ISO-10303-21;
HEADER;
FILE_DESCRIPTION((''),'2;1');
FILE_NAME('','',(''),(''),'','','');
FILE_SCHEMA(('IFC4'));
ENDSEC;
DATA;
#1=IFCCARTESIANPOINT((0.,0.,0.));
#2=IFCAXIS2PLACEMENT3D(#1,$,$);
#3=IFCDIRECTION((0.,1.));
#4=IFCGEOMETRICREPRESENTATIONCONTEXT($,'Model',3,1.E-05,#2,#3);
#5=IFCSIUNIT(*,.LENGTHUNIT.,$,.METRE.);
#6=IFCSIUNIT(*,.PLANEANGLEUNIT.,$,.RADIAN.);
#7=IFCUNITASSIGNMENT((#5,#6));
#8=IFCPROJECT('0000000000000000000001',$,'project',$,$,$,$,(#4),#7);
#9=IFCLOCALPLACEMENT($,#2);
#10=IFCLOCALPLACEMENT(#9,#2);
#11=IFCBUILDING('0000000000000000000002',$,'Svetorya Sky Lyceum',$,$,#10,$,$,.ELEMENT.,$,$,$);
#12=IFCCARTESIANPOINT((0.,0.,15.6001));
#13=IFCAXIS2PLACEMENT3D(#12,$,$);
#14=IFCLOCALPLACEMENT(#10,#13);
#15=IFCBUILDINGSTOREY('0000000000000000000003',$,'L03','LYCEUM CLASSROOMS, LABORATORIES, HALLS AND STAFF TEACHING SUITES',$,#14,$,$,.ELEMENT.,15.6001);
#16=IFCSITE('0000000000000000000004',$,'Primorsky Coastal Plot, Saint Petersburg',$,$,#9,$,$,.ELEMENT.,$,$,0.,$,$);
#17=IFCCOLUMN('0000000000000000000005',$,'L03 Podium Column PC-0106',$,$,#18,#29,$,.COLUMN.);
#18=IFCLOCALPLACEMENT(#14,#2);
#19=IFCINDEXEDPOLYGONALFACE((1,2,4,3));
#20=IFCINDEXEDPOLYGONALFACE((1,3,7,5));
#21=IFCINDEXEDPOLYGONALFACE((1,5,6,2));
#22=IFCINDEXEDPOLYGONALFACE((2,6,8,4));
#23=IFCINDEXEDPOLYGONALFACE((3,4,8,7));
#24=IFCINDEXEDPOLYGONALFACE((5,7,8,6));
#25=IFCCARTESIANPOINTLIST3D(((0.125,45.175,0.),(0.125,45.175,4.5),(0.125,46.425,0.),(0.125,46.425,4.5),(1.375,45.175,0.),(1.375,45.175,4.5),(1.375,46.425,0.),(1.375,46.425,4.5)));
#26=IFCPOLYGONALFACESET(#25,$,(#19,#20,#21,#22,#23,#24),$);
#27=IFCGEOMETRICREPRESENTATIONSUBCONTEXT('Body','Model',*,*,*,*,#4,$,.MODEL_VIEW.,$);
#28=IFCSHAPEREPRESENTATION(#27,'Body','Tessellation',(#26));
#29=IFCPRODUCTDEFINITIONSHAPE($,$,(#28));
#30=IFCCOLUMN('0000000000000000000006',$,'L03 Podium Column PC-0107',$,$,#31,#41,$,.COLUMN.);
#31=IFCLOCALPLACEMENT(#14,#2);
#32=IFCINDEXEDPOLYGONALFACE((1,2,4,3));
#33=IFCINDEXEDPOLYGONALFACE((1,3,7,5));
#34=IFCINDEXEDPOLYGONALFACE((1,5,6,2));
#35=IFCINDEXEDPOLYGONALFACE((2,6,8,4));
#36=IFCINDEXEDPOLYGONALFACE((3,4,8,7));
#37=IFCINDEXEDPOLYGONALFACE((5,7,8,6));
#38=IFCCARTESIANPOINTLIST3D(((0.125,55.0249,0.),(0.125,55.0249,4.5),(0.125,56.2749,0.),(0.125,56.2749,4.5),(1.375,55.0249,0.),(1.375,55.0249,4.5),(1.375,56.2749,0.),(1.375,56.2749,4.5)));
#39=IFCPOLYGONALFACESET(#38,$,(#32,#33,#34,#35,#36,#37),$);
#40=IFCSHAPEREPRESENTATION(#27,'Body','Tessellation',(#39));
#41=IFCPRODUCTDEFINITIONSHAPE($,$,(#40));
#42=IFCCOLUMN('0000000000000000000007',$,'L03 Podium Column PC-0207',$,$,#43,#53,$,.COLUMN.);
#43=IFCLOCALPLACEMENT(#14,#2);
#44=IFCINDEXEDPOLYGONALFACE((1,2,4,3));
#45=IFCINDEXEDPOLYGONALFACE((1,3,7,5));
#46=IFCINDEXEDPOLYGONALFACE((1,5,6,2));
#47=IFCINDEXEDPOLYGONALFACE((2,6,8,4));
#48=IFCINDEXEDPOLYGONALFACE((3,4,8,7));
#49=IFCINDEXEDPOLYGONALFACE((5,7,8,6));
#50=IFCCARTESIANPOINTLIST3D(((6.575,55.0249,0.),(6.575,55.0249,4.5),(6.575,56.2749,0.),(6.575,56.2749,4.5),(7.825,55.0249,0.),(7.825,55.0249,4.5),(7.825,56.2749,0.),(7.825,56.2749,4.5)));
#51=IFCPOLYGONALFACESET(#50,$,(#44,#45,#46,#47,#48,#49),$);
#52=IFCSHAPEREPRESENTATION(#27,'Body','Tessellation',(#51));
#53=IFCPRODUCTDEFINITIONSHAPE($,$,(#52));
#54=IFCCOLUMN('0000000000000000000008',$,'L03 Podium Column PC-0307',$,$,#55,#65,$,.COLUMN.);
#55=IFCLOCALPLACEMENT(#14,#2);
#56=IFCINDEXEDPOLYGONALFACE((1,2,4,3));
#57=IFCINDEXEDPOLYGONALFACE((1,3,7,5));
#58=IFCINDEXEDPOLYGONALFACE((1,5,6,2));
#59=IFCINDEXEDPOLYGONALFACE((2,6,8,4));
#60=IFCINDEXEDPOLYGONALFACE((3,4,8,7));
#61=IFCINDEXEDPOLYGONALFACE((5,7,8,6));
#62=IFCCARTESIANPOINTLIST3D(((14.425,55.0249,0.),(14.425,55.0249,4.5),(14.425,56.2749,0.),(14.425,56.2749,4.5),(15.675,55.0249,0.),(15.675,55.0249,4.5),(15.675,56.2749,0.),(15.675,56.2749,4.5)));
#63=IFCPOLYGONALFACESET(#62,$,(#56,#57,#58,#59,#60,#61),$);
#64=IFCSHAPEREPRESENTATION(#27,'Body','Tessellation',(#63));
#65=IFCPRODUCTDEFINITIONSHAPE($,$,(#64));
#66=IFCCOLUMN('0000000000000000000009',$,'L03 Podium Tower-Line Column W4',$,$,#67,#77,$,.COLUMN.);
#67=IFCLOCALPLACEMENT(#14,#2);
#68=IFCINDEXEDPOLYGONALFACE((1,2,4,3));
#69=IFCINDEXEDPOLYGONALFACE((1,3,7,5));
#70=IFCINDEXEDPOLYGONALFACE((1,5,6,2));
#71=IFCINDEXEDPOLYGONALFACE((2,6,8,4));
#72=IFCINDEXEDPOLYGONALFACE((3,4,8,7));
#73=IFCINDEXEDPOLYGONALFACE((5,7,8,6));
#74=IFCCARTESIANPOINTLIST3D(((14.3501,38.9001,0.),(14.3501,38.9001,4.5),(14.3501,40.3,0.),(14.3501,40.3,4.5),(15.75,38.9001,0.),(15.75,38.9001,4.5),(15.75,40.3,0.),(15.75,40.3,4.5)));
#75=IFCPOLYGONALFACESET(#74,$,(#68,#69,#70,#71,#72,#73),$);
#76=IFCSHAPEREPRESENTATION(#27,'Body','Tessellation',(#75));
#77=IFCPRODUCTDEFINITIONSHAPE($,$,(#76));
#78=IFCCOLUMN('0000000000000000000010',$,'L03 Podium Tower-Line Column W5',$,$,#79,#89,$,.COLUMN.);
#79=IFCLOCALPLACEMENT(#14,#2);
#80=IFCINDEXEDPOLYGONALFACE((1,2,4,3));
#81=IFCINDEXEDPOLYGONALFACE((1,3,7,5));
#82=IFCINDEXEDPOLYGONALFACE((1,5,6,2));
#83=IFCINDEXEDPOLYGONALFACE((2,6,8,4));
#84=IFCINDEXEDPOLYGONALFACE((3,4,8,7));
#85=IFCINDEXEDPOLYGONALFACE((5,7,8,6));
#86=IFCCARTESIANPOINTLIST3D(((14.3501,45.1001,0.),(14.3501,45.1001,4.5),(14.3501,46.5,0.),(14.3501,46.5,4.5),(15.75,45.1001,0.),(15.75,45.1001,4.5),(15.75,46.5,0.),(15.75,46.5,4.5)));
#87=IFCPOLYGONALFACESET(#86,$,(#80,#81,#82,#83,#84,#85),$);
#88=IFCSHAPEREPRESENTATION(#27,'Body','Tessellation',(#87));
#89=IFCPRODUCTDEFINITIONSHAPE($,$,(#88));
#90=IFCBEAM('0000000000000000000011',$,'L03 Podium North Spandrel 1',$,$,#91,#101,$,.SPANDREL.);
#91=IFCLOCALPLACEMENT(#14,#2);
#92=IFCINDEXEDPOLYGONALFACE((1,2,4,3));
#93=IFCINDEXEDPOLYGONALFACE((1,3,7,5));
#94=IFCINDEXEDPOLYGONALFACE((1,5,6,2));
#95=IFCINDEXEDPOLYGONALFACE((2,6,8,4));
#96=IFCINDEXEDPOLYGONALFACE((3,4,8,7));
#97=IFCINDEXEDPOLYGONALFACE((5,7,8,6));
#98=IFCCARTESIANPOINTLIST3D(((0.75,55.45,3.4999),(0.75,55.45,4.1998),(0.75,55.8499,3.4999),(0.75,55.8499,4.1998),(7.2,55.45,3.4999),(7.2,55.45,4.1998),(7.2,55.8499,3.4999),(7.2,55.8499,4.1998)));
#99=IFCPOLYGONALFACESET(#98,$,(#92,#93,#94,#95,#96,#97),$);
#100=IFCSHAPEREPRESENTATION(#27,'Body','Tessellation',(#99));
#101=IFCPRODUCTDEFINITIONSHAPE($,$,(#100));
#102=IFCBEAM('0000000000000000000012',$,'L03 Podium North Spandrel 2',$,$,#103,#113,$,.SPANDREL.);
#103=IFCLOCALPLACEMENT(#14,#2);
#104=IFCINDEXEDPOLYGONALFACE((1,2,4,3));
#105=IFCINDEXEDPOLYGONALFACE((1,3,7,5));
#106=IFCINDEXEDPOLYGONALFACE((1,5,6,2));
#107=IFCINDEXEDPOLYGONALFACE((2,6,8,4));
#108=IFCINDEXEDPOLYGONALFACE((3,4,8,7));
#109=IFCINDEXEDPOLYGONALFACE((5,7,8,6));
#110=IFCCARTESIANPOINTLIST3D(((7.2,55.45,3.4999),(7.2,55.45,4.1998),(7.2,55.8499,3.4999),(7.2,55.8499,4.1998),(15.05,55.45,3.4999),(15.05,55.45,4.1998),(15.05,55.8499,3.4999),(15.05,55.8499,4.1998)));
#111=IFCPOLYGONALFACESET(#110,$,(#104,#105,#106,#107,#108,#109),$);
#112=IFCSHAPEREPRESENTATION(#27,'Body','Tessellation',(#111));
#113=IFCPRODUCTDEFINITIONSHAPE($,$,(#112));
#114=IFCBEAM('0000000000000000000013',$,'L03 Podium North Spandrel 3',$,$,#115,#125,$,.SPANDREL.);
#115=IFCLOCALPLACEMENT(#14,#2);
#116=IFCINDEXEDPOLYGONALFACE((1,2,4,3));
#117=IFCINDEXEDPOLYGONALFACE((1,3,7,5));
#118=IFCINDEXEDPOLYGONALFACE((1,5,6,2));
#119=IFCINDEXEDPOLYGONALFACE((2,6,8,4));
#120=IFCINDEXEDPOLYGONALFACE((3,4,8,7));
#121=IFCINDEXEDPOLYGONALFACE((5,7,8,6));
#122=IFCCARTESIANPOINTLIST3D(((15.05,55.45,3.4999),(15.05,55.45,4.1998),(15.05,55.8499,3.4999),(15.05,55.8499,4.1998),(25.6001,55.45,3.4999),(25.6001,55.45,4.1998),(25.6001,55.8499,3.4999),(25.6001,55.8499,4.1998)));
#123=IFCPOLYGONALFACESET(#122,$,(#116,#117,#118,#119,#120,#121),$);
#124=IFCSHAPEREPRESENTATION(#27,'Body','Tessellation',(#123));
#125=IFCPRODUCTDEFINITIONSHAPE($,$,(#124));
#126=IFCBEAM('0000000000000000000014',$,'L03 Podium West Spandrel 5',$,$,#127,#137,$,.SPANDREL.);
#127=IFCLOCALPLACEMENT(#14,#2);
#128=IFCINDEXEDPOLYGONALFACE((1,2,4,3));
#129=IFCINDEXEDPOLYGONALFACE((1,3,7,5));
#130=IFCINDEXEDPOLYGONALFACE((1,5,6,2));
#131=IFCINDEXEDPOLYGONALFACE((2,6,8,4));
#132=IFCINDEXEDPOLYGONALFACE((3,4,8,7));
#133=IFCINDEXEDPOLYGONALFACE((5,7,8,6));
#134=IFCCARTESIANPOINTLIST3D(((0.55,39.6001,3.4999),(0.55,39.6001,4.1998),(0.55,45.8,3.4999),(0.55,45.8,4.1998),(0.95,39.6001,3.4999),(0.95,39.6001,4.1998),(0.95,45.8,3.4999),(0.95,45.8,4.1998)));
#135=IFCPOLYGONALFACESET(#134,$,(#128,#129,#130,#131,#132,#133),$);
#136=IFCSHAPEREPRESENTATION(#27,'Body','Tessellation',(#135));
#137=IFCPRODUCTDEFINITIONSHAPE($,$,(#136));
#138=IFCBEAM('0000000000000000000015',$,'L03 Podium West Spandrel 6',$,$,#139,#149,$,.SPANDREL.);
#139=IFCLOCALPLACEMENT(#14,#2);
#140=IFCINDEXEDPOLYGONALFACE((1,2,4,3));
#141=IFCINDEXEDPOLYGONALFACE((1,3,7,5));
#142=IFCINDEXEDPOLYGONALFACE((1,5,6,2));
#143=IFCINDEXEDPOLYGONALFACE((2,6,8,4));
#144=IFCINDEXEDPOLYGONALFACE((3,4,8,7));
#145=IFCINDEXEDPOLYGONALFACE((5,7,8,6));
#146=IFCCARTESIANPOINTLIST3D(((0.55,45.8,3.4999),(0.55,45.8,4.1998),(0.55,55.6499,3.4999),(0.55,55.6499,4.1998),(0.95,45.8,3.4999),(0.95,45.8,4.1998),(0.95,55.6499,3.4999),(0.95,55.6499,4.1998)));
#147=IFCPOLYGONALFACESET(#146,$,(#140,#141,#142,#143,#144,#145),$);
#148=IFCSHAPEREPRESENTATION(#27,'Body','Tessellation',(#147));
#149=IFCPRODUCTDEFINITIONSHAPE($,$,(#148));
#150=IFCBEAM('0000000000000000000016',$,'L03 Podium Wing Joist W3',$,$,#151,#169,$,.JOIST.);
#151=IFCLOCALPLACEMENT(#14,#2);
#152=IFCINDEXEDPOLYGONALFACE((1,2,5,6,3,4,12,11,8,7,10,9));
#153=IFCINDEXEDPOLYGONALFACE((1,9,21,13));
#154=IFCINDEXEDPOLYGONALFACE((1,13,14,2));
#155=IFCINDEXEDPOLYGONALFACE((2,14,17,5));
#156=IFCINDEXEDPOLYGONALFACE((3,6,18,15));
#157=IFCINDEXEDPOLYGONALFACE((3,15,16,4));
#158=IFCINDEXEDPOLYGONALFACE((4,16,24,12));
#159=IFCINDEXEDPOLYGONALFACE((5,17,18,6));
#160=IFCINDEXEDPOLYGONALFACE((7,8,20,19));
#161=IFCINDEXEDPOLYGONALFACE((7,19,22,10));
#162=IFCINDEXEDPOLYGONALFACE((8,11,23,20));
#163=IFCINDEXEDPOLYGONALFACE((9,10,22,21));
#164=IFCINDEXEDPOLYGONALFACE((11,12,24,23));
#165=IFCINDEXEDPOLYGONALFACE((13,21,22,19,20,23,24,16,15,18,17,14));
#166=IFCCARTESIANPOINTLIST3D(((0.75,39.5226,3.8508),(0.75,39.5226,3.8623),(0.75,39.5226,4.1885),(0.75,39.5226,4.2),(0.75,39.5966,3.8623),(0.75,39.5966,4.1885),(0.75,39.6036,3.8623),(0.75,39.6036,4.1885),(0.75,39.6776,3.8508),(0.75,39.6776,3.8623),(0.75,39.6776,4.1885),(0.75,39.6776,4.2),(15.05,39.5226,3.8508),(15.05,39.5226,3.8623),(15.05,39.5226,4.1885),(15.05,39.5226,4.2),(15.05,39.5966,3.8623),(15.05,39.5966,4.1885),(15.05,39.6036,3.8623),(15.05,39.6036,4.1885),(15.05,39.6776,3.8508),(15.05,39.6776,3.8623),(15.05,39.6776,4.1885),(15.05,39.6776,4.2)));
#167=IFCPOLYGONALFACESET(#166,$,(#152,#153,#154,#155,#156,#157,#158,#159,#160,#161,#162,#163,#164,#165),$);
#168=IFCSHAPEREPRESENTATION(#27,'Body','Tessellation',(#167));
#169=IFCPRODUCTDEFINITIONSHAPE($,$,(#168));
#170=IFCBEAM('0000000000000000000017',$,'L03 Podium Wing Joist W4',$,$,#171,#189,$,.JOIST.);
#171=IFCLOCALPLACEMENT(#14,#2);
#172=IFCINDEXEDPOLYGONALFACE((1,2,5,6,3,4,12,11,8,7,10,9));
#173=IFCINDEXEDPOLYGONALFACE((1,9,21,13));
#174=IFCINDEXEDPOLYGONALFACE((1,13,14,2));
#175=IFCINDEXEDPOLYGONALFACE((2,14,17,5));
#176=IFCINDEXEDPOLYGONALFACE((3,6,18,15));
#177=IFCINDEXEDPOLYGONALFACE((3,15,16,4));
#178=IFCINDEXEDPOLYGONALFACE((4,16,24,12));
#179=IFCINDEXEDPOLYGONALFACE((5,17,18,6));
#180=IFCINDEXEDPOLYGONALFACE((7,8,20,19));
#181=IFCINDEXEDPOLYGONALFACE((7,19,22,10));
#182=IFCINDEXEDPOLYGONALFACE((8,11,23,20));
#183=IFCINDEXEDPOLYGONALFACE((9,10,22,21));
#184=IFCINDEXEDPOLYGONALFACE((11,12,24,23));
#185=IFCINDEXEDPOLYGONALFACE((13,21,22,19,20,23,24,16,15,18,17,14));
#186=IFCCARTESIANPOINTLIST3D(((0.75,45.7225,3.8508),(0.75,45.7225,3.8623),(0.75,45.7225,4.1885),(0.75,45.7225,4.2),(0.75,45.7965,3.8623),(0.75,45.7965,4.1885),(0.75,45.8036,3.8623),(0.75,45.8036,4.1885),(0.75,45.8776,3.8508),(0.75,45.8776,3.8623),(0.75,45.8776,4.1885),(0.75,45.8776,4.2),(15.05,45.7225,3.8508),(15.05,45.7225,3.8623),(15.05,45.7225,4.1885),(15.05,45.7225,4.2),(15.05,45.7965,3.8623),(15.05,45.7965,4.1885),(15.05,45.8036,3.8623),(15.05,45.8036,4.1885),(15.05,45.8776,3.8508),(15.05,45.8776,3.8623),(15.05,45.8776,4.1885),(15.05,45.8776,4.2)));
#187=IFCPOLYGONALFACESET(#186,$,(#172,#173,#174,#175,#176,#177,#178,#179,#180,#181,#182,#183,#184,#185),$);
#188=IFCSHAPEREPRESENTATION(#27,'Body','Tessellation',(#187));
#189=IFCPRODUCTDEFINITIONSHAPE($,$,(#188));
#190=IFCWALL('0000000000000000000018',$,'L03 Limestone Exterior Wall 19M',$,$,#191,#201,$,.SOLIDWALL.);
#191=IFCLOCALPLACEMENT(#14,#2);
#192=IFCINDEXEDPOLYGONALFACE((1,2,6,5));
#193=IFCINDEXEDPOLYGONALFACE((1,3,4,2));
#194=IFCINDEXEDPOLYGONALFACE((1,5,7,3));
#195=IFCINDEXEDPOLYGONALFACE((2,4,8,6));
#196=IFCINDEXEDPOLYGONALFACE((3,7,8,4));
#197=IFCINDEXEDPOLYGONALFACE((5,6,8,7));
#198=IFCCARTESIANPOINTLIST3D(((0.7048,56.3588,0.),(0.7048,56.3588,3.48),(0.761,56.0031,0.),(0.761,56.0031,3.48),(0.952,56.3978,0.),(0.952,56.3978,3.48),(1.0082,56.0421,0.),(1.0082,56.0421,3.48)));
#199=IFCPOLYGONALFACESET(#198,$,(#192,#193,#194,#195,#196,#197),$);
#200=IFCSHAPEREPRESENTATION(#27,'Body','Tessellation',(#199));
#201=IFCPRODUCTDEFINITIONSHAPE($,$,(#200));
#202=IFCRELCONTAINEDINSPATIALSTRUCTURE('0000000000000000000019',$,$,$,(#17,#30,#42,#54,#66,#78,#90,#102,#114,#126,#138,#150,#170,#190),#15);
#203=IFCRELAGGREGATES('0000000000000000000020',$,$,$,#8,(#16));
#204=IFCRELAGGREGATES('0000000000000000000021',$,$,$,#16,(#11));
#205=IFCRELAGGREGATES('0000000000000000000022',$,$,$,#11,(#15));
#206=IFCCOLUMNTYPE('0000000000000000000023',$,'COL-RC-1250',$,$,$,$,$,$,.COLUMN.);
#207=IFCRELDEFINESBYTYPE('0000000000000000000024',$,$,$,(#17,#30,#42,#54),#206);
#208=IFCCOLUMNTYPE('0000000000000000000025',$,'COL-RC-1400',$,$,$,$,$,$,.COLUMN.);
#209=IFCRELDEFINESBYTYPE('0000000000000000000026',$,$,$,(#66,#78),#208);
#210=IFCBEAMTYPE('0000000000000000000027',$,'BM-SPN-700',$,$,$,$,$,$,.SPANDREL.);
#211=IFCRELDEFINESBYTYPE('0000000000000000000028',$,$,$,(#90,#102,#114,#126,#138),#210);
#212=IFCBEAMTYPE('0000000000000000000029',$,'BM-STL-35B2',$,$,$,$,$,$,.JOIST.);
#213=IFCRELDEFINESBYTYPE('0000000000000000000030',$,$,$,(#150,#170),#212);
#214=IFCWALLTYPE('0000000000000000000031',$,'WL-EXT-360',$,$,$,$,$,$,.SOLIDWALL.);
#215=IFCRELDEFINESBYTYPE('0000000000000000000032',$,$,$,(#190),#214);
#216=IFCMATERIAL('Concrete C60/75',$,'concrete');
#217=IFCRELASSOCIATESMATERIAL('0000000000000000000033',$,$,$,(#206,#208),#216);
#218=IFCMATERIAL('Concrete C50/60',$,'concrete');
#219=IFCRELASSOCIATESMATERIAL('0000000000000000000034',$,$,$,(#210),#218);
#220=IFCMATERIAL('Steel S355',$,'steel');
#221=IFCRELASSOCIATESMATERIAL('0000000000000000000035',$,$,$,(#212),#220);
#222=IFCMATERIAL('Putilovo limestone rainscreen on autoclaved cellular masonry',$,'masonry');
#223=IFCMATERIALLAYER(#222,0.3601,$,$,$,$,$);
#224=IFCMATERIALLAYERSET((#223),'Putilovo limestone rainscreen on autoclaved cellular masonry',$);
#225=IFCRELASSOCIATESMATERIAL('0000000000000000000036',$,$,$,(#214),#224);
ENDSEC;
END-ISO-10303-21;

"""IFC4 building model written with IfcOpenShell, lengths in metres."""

from ifc_helpers import new_model, si_unit, direction, frame, frame_2d, origin, origin_2d, place, context, subcontext, project, spatial, rectangle, i_section, extrude, material, layer, layer_set, material_profile, profile_set, type_object, element, save


model = new_model("IFC4")

# Units and contexts
model_context = context("Model", 3, precision=1e-05, world=origin(), true_north=direction((0.0, 1.0)))
body_context = subcontext(model_context, "Body", "Model", "MODEL_VIEW")
ifc_project = project(units=[si_unit("LENGTHUNIT", "METRE"), si_unit("PLANEANGLEUNIT", "RADIAN")], contexts=[model_context])

# Site, building, storey
site_placement = place(None, origin())
site = spatial("IfcSite", under=ifc_project, at=site_placement, Name="Primorsky Coastal Plot, Saint Petersburg", CompositionType="ELEMENT", RefElevation=0.0)
building_placement = place(site_placement, origin())
building = spatial("IfcBuilding", under=site, at=building_placement, Name="Svetorya Sky Lyceum", CompositionType="ELEMENT")
storey_placement = place(building_placement, frame((0.0, 0.0, 15.6001)))
storey = spatial("IfcBuildingStorey", under=building, at=storey_placement, Name="L03", Description="LYCEUM CLASSROOMS, LABORATORIES, HALLS AND STAFF TEACHING SUITES", CompositionType="ELEMENT", Elevation=15.6001)

# Columns
ifc_material_1 = material(Name="Concrete C60/75", Category="concrete")
ifc_material_profile_1 = material_profile(ifc_material_1, rectangle(XDim=1.25, YDim=1.25, at=origin_2d()), Name="RC COL 1250x1250")
ifc_profile_set_1 = profile_set([ifc_material_profile_1], Name="Concrete C60/75")
column_type_1 = type_object("IfcColumnType", Name="COL-RC-1250", PredefinedType="COLUMN", material=ifc_profile_set_1)
for number, where, z_axis, x_axis, name in (
    (1, (0.75, 45.8, 0.0), (0.0, 0.0, 1.0), (1.0, 0.0, 0.0), "L03 Podium Column PC-0106"),
    (2, (0.75, 55.6499, 0.0), (0.0, 0.0, 1.0), (1.0, 0.0, 0.0), "L03 Podium Column PC-0107"),
    (3, (7.2, 55.6499, 0.0), (0.0, 0.0, 1.0), (1.0, 0.0, 0.0), "L03 Podium Column PC-0207"),
    (4, (15.05, 55.6499, 0.0), (0.0, 0.0, 1.0), (1.0, 0.0, 0.0), "L03 Podium Column PC-0307"),
):
    element("IfcColumn", number, at=place(storey_placement, frame(where, z_axis=z_axis, x_axis=x_axis)), inside=storey, type_object=column_type_1, Name=name, PredefinedType="COLUMN", context=body_context, shape_type="SweptSolid", body=[
        extrude(rectangle(XDim=1.25, YDim=1.25, at=origin_2d()), origin(), (0.0, 0.0, 1.0), 4.5),
    ])
ifc_material_profile_2 = material_profile(ifc_material_1, rectangle(XDim=1.3999, YDim=1.3999, at=origin_2d()), Name="RC COL 1400x1400")
ifc_profile_set_2 = profile_set([ifc_material_profile_2], Name="Concrete C60/75")
column_type_2 = type_object("IfcColumnType", Name="COL-RC-1400", PredefinedType="COLUMN", material=ifc_profile_set_2)
for number, where, z_axis, x_axis, name in (
    (5, (15.05, 39.6001, 0.0), (0.0, 0.0, 1.0), (1.0, 0.0, 0.0), "L03 Podium Tower-Line Column W4"),
    (6, (15.05, 45.8, 0.0), (0.0, 0.0, 1.0), (1.0, 0.0, 0.0), "L03 Podium Tower-Line Column W5"),
):
    element("IfcColumn", number, at=place(storey_placement, frame(where, z_axis=z_axis, x_axis=x_axis)), inside=storey, type_object=column_type_2, Name=name, PredefinedType="COLUMN", context=body_context, shape_type="SweptSolid", body=[
        extrude(rectangle(XDim=1.3999, YDim=1.3999, at=origin_2d()), origin(), (0.0, 0.0, 1.0), 4.5),
    ])

# Beams
ifc_material_2 = material(Name="Concrete C50/60", Category="concrete")
ifc_material_profile_3 = material_profile(ifc_material_2, rectangle(XDim=0.3999, YDim=0.7, at=origin_2d()), Name="RC SPANDREL 400x700")
ifc_profile_set_3 = profile_set([ifc_material_profile_3], Name="Concrete C50/60")
beam_type_1 = type_object("IfcBeamType", Name="BM-SPN-700", PredefinedType="SPANDREL", material=ifc_profile_set_3)
beam_1_placement = place(storey_placement, frame((0.75, 55.6499, 3.8499), z_axis=(1.0, 0.0, 0.0), x_axis=(0.0, 1.0, 0.0)))
element("IfcBeam", 7, at=beam_1_placement, inside=storey, type_object=beam_type_1, Name="L03 Podium North Spandrel 1", PredefinedType="SPANDREL", context=body_context, shape_type="SweptSolid", body=[
    extrude(rectangle(XDim=0.3999, YDim=0.7, at=origin_2d()), origin(), (0.0, 0.0, 1.0), 6.45),
])
beam_2_placement = place(storey_placement, frame((7.2, 55.6499, 3.8499), z_axis=(1.0, 0.0, 0.0), x_axis=(0.0, 1.0, 0.0)))
element("IfcBeam", 8, at=beam_2_placement, inside=storey, type_object=beam_type_1, Name="L03 Podium North Spandrel 2", PredefinedType="SPANDREL", context=body_context, shape_type="SweptSolid", body=[
    extrude(rectangle(XDim=0.3999, YDim=0.7, at=origin_2d()), origin(), (0.0, 0.0, 1.0), 7.8501),
])
beam_3_placement = place(storey_placement, frame((15.05, 55.6499, 3.8499), z_axis=(1.0, 0.0, 0.0), x_axis=(0.0, 1.0, 0.0)))
element("IfcBeam", 9, at=beam_3_placement, inside=storey, type_object=beam_type_1, Name="L03 Podium North Spandrel 3", PredefinedType="SPANDREL", context=body_context, shape_type="SweptSolid", body=[
    extrude(rectangle(XDim=0.3999, YDim=0.7, at=origin_2d()), origin(), (0.0, 0.0, 1.0), 10.55),
])
beam_4_placement = place(storey_placement, frame((0.75, 39.6001, 3.8499), z_axis=(0.0, 1.0, 0.0), x_axis=(-1.0, 0.0, 0.0)))
element("IfcBeam", 10, at=beam_4_placement, inside=storey, type_object=beam_type_1, Name="L03 Podium West Spandrel 5", PredefinedType="SPANDREL", context=body_context, shape_type="SweptSolid", body=[
    extrude(rectangle(XDim=0.3999, YDim=0.7, at=origin_2d()), origin(), (0.0, 0.0, 1.0), 6.2),
])
beam_5_placement = place(storey_placement, frame((0.75, 45.8, 3.8499), z_axis=(0.0, 1.0, 0.0), x_axis=(-1.0, 0.0, 0.0)))
element("IfcBeam", 11, at=beam_5_placement, inside=storey, type_object=beam_type_1, Name="L03 Podium West Spandrel 6", PredefinedType="SPANDREL", context=body_context, shape_type="SweptSolid", body=[
    extrude(rectangle(XDim=0.3999, YDim=0.7, at=origin_2d()), origin(), (0.0, 0.0, 1.0), 9.8499),
])
ifc_material_3 = material(Name="Steel S355", Category="steel")
ifc_material_profile_4 = material_profile(ifc_material_3, i_section(OverallWidth=0.155, OverallDepth=0.3491, WebThickness=0.0071, FlangeThickness=0.0115, at=origin_2d()), Name="GOST 35B2")
ifc_profile_set_4 = profile_set([ifc_material_profile_4], Name="Steel S355")
beam_type_2 = type_object("IfcBeamType", Name="BM-STL-35B2", PredefinedType="JOIST", material=ifc_profile_set_4)
for number, where, z_axis, x_axis, name in (
    (12, (0.75, 39.6001, 4.0254), (1.0, 0.0, 0.0), (0.0, 1.0, 0.0), "L03 Podium Wing Joist W3"),
    (13, (0.75, 45.8, 4.0254), (1.0, 0.0, 0.0), (0.0, 1.0, 0.0), "L03 Podium Wing Joist W4"),
):
    element("IfcBeam", number, at=place(storey_placement, frame(where, z_axis=z_axis, x_axis=x_axis)), inside=storey, type_object=beam_type_2, Name=name, PredefinedType="JOIST", context=body_context, shape_type="SweptSolid", body=[
        extrude(i_section(OverallWidth=0.155, OverallDepth=0.3491, WebThickness=0.0071, FlangeThickness=0.0115, at=origin_2d()), origin(), (0.0, 0.0, 1.0), 14.3),
    ])

# Wall
ifc_material_4 = material(Name="Putilovo limestone rainscreen on autoclaved cellular masonry", Category="masonry")
ifc_layer_1 = layer(ifc_material_4, 0.3601)
ifc_layer_set_1 = layer_set([ifc_layer_1], Name="Putilovo limestone rainscreen on autoclaved cellular masonry")
wall_type_1 = type_object("IfcWallType", Name="WL-EXT-360", PredefinedType="SOLIDWALL", material=ifc_layer_set_1)
wall_1_placement = place(storey_placement, frame((0.98, 56.22, 0.0), z_axis=(0.0, 0.0, 1.0), x_axis=(-0.987731, -0.156163, 0.0)))
element("IfcWall", 14, at=wall_1_placement, inside=storey, type_object=wall_type_1, Name="L03 Limestone Exterior Wall 19M", PredefinedType="SOLIDWALL", context=body_context, shape_type="SweptSolid", body=[
    extrude(rectangle(XDim=0.2502, YDim=0.3601, at=frame_2d((0.125, 0.0))), origin(), (0.0, 0.0, 1.0), 3.48),
])

save(model, "model.ifc")
